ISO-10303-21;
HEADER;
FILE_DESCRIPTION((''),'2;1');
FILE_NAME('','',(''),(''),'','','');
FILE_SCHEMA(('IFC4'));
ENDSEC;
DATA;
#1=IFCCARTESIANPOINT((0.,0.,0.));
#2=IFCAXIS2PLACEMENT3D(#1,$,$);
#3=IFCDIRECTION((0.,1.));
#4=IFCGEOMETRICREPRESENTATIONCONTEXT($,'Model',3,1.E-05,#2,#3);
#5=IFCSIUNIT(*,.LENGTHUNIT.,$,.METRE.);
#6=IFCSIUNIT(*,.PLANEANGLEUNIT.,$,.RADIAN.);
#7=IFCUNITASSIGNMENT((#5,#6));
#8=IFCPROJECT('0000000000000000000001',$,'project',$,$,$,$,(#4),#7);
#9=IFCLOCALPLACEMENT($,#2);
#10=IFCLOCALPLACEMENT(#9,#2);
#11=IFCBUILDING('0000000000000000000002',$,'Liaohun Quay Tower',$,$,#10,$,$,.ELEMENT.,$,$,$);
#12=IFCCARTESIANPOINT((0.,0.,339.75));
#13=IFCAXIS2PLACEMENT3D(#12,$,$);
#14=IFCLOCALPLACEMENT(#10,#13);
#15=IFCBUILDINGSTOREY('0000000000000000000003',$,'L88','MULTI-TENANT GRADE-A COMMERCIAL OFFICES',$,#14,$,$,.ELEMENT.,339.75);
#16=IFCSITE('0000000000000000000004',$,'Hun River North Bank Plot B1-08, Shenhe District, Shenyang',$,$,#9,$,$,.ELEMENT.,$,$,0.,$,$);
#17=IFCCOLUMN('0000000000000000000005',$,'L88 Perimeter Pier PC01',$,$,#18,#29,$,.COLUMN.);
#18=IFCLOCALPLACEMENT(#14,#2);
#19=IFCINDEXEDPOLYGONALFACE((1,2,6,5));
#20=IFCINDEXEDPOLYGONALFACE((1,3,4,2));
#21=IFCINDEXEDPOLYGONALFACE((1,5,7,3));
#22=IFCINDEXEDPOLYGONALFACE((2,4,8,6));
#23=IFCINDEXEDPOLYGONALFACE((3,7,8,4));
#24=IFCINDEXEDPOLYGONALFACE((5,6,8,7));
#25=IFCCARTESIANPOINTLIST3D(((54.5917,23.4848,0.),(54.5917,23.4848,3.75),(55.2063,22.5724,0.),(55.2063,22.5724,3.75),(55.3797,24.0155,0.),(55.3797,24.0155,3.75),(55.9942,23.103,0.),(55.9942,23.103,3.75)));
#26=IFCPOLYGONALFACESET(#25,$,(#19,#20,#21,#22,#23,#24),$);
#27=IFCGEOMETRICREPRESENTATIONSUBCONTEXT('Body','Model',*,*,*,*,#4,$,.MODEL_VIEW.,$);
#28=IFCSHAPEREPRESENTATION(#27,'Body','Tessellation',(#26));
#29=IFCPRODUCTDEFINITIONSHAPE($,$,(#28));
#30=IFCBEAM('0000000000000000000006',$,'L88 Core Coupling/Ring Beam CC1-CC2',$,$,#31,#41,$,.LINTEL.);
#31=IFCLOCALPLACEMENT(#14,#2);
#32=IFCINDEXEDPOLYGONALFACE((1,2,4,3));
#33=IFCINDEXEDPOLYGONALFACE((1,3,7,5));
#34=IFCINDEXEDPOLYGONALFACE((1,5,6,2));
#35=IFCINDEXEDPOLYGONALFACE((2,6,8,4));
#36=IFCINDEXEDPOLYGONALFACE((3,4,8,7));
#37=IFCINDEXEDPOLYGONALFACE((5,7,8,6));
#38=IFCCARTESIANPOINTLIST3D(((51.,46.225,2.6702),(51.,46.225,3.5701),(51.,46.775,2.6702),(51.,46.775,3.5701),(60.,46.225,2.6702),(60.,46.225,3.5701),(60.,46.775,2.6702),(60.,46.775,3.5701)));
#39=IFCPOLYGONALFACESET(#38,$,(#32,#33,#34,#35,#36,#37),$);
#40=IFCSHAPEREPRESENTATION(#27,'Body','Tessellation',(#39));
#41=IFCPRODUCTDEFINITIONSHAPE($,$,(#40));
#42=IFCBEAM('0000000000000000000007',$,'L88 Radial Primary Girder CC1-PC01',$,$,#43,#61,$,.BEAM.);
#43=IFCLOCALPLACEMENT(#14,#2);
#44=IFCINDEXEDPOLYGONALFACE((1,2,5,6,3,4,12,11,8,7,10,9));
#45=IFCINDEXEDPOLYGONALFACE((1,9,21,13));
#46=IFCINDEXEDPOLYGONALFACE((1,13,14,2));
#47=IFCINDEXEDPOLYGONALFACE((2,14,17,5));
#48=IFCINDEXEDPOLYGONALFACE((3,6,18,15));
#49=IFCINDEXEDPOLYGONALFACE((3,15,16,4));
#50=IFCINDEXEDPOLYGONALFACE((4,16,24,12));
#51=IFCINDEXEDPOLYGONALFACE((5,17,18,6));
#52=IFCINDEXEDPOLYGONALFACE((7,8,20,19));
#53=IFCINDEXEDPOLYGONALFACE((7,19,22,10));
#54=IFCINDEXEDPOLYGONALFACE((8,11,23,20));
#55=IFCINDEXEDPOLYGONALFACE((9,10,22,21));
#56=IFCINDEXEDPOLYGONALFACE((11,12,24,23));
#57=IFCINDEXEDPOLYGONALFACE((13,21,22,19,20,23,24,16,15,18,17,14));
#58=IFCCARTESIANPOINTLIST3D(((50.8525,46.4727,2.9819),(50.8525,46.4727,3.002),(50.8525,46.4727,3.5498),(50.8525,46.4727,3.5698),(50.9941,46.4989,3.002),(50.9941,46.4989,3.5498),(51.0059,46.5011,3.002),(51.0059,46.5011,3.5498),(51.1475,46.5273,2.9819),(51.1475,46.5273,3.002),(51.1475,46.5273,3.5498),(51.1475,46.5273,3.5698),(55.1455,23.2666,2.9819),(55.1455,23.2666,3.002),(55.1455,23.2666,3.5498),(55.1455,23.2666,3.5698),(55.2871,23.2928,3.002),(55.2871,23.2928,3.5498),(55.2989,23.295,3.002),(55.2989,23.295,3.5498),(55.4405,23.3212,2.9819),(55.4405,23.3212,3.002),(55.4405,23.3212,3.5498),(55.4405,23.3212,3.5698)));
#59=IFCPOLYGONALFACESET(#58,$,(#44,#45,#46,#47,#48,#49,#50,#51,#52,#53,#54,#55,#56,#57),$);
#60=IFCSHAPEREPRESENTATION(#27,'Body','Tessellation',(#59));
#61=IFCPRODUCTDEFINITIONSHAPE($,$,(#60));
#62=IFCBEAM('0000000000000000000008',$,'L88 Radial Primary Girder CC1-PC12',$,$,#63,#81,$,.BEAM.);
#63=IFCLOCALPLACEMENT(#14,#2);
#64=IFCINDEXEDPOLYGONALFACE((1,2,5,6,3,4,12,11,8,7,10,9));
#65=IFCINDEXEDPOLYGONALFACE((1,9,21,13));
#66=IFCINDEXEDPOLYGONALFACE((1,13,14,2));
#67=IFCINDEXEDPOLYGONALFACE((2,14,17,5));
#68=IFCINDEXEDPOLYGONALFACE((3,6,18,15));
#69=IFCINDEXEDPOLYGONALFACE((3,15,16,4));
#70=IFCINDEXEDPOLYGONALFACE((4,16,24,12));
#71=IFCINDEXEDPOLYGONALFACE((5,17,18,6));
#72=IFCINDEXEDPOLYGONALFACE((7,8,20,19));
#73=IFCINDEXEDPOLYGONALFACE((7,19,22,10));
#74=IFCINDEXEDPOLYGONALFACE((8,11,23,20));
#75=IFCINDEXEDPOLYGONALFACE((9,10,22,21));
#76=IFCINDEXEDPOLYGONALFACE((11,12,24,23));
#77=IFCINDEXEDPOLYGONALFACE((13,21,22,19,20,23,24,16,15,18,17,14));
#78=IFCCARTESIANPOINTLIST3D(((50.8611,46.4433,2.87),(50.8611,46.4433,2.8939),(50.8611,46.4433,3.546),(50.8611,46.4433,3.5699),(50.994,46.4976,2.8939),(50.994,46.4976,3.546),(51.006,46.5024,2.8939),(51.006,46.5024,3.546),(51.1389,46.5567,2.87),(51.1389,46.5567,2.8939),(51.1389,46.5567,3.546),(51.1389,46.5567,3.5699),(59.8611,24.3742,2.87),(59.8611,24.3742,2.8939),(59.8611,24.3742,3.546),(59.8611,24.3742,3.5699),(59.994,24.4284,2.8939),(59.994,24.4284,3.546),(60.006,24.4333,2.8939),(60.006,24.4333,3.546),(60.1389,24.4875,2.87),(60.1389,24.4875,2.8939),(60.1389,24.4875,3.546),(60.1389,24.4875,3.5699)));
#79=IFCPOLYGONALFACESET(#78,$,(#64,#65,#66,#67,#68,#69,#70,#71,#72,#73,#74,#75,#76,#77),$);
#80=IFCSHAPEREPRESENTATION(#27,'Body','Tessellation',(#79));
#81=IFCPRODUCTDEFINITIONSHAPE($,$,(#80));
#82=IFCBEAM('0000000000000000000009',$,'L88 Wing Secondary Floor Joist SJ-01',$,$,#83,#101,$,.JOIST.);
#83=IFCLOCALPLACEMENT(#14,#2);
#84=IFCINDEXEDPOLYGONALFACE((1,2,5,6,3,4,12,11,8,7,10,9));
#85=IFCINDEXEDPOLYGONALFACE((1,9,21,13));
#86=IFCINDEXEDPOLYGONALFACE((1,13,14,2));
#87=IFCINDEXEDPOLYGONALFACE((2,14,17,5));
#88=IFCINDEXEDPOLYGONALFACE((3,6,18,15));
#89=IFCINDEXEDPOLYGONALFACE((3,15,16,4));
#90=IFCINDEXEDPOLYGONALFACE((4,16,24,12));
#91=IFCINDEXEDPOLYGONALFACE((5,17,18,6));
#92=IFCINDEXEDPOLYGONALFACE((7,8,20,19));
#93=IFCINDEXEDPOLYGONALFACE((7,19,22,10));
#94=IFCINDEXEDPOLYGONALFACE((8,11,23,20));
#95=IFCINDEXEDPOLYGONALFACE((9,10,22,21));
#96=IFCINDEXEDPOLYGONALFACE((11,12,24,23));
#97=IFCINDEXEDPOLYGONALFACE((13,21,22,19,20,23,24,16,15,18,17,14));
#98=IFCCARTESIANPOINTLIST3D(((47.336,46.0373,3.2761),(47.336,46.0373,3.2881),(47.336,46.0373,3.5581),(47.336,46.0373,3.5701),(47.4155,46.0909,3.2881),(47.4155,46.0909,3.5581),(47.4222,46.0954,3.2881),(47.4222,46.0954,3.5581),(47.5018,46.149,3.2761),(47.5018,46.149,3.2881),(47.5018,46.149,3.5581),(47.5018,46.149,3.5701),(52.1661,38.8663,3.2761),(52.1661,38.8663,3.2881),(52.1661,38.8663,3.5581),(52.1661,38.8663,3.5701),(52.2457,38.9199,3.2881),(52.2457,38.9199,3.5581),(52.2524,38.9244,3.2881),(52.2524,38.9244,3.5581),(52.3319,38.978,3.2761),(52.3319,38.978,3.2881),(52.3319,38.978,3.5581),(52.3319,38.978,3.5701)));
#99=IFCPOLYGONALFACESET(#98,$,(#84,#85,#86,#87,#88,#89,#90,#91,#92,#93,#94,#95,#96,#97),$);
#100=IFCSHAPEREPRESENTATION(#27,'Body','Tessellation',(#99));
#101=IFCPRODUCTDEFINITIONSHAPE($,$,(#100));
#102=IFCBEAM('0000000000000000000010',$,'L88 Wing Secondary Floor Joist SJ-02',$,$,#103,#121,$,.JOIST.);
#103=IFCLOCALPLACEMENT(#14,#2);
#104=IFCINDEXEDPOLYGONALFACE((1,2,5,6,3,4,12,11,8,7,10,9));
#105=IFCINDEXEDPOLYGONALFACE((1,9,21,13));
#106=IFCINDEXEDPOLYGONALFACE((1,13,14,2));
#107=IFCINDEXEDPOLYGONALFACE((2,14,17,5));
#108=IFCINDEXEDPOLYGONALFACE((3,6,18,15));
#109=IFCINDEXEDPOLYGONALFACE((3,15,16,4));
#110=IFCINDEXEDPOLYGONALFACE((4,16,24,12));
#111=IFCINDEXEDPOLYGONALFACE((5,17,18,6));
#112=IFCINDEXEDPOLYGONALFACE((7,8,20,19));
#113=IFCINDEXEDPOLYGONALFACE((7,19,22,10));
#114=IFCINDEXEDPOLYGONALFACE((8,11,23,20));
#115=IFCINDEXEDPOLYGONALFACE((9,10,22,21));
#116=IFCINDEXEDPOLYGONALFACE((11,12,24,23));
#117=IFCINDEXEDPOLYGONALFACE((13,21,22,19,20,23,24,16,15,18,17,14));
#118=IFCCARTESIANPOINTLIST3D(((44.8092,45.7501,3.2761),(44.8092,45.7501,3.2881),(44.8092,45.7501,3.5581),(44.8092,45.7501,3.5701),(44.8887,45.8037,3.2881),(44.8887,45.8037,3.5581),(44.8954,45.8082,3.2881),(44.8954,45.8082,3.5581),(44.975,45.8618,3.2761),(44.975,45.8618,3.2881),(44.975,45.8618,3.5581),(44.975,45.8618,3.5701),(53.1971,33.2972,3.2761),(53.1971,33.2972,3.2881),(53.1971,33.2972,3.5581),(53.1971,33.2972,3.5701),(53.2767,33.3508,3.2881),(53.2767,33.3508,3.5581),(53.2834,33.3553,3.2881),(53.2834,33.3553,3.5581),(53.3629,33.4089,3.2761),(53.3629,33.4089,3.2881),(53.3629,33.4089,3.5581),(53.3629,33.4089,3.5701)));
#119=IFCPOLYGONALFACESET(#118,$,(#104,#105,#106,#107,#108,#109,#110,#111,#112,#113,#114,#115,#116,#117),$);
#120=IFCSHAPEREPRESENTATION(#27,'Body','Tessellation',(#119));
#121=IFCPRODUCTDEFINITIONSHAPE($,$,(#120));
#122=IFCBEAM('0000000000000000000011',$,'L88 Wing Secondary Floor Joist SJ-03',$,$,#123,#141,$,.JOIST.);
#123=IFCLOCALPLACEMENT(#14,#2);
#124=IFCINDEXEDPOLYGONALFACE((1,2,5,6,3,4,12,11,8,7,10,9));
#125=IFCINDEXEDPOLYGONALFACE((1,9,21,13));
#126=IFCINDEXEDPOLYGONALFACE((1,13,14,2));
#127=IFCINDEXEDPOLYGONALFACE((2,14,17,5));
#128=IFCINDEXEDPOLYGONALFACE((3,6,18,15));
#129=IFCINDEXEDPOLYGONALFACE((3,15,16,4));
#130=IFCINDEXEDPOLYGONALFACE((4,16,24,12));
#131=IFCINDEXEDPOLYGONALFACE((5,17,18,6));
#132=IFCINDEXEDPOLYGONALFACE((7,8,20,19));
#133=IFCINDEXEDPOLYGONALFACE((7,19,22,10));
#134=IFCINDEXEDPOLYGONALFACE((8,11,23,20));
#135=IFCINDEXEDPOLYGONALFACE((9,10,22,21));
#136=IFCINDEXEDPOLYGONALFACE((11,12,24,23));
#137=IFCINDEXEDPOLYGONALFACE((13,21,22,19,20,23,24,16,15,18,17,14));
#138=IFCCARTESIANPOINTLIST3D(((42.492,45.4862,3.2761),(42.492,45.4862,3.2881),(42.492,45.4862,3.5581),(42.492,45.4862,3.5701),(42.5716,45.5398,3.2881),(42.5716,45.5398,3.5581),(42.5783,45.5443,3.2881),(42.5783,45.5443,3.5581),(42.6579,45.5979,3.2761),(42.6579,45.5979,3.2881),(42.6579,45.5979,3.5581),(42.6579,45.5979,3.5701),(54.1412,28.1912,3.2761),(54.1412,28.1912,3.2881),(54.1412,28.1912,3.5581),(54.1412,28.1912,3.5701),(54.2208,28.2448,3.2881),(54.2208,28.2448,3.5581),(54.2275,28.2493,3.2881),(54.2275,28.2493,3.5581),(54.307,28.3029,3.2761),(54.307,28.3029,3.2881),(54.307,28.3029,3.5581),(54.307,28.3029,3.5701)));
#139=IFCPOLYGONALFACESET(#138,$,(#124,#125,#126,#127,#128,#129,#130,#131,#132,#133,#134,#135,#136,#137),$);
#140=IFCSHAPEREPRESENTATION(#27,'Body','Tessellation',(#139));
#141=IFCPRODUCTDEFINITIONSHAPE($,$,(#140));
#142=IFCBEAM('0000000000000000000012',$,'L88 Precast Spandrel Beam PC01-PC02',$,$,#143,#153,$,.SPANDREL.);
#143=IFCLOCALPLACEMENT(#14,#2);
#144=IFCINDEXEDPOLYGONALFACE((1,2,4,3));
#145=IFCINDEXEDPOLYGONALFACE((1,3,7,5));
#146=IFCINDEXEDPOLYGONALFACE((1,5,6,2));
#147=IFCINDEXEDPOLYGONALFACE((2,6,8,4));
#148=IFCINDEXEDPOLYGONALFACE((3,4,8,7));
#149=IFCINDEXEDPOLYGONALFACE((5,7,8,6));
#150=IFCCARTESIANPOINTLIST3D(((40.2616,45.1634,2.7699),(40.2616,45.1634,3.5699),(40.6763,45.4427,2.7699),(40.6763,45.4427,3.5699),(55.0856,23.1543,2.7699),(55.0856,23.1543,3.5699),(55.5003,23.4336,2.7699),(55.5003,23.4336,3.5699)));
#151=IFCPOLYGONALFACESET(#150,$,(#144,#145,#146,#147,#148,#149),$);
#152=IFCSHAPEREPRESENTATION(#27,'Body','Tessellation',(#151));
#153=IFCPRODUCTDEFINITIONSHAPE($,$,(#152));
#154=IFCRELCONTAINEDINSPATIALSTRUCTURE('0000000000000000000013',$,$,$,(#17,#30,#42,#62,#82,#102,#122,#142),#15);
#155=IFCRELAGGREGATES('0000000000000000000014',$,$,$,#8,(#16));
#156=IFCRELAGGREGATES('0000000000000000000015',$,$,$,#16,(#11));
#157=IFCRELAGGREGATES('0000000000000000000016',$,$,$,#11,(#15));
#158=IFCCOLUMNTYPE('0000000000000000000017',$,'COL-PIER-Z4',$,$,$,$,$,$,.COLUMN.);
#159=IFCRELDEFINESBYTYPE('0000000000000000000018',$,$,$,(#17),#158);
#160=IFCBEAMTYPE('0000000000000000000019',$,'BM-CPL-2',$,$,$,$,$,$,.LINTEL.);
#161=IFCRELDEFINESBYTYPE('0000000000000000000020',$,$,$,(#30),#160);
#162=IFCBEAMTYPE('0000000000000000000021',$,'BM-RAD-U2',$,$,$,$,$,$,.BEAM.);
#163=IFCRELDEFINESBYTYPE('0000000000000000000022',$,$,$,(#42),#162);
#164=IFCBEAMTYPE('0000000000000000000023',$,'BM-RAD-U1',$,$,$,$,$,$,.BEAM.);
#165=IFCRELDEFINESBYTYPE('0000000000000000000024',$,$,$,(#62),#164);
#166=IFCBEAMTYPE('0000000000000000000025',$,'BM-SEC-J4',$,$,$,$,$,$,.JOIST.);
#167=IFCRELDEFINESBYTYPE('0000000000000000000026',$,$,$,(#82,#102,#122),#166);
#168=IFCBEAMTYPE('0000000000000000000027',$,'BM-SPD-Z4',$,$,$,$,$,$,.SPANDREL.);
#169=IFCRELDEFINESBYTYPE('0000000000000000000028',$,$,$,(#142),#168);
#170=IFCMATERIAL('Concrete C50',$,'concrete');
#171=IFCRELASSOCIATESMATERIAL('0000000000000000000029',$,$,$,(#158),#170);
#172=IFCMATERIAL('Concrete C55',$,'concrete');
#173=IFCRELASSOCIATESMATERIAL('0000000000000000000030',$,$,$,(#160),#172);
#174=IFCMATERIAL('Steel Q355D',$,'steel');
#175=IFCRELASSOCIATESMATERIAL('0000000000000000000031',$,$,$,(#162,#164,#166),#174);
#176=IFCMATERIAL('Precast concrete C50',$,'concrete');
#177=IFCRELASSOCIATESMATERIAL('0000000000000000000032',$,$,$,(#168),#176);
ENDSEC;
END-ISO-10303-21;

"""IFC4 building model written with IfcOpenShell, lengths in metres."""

from ifc_helpers import new_model, si_unit, direction, frame, origin, origin_2d, place, context, subcontext, project, spatial, rectangle, i_section, extrude, source, transform, mapped, material, material_profile, profile_set, type_object, element, save


model = new_model("IFC4")

# Units and contexts
model_context = context("Model", 3, precision=1e-05, world=origin(), true_north=direction((0.0, 1.0)))
body_context = subcontext(model_context, "Body", "Model", "MODEL_VIEW")
ifc_project = project(units=[si_unit("LENGTHUNIT", "METRE"), si_unit("PLANEANGLEUNIT", "RADIAN")], contexts=[model_context])

# Site, building, storey
site_placement = place(None, origin())
site = spatial("IfcSite", under=ifc_project, at=site_placement, Name="Hun River North Bank Plot B1-08, Shenhe District, Shenyang", CompositionType="ELEMENT", RefElevation=0.0)
building_placement = place(site_placement, origin())
building = spatial("IfcBuilding", under=site, at=building_placement, Name="Liaohun Quay Tower", CompositionType="ELEMENT")
storey_placement = place(building_placement, frame((0.0, 0.0, 339.75)))
storey = spatial("IfcBuildingStorey", under=building, at=storey_placement, Name="L88", Description="MULTI-TENANT GRADE-A COMMERCIAL OFFICES", CompositionType="ELEMENT", Elevation=339.75)

# Column
ifc_material_1 = material(Name="Concrete C50", Category="concrete")
ifc_material_profile_1 = material_profile(ifc_material_1, rectangle(XDim=1.1001, YDim=0.95, at=origin_2d()), Name="RC1100x950")
ifc_profile_set_1 = profile_set([ifc_material_profile_1], Name="Concrete C50")
column_type = type_object("IfcColumnType", Name="COL-PIER-Z4", PredefinedType="COLUMN", material=ifc_profile_set_1)
shared_shape_1 = source(origin(), body_context, "Body", "SweptSolid", [
    extrude(rectangle(XDim=1.1001, YDim=0.95, at=origin_2d()), origin(), (0.0, 0.0, 1.0), 3.75),
])
column_placement = place(storey_placement, frame((55.293, 23.2939, 0.0), z_axis=(0.0, 0.0, 1.0), x_axis=(-0.558614, 0.829428, 0.0)))
element("IfcColumn", 1, at=column_placement, inside=storey, type_object=column_type, Name="L88 Perimeter Pier PC01", PredefinedType="COLUMN", context=body_context, shape_type="MappedRepresentation", body=[
    mapped(shared_shape_1, transform((0.0, 0.0, 0.0), x_axis=(1.0, 0.0, 0.0), y_axis=(0.0, 1.0, 0.0), z_axis=(0.0, 0.0, 1.0), scale=1.0)),
])

# Beams
ifc_material_2 = material(Name="Concrete C55", Category="concrete")
ifc_material_profile_2 = material_profile(ifc_material_2, rectangle(XDim=0.55, YDim=0.8999, at=origin_2d()), Name="RC550x900")
ifc_profile_set_2 = profile_set([ifc_material_profile_2], Name="Concrete C55")
beam_type_1 = type_object("IfcBeamType", Name="BM-CPL-2", PredefinedType="LINTEL", material=ifc_profile_set_2)
shared_shape_2 = source(origin(), body_context, "Body", "SweptSolid", [
    extrude(rectangle(XDim=0.55, YDim=0.8999, at=origin_2d()), origin(), (0.0, 0.0, 1.0), 9.0),
])
beam_1_placement = place(storey_placement, frame((51.0, 46.5, 3.1201), z_axis=(1.0, 0.0, 0.0), x_axis=(0.0, 1.0, 0.0)))
element("IfcBeam", 2, at=beam_1_placement, inside=storey, type_object=beam_type_1, Name="L88 Core Coupling/Ring Beam CC1-CC2", PredefinedType="LINTEL", context=body_context, shape_type="MappedRepresentation", body=[
    mapped(shared_shape_2, transform((0.0, 0.0, 0.0), x_axis=(1.0, 0.0, 0.0), y_axis=(0.0, 1.0, 0.0), z_axis=(0.0, 0.0, 1.0), scale=1.0)),
])
ifc_material_3 = material(Name="Steel Q355D", Category="steel")
ifc_material_profile_3 = material_profile(ifc_material_3, i_section(OverallWidth=0.3, OverallDepth=0.5879, WebThickness=0.012, FlangeThickness=0.02, at=origin_2d()), Name="HM588x300x12x20")
ifc_profile_set_3 = profile_set([ifc_material_profile_3], Name="Steel Q355D")
beam_type_2 = type_object("IfcBeamType", Name="BM-RAD-U2", PredefinedType="BEAM", material=ifc_profile_set_3)
shared_shape_3 = source(origin(), body_context, "Body", "SweptSolid", [
    extrude(i_section(OverallWidth=0.3, OverallDepth=0.5879, WebThickness=0.012, FlangeThickness=0.02, at=origin_2d()), origin(), (0.0, 0.0, 1.0), 23.5999),
])
beam_2_placement = place(storey_placement, frame((51.0, 46.5, 3.2759), z_axis=(0.181907, -0.983316, 0.0), x_axis=(0.983316, 0.181907, 0.0)))
element("IfcBeam", 3, at=beam_2_placement, inside=storey, type_object=beam_type_2, Name="L88 Radial Primary Girder CC1-PC01", PredefinedType="BEAM", context=body_context, shape_type="MappedRepresentation", body=[
    mapped(shared_shape_3, transform((0.0, 0.0, 0.0), x_axis=(1.0, 0.0, 0.0), y_axis=(0.0, 1.0, 0.0), z_axis=(0.0, 0.0, 1.0), scale=1.0)),
])
ifc_material_profile_4 = material_profile(ifc_material_3, i_section(OverallWidth=0.3, OverallDepth=0.7, WebThickness=0.0129, FlangeThickness=0.0239, at=origin_2d()), Name="HN700x300x13x24")
ifc_profile_set_4 = profile_set([ifc_material_profile_4], Name="Steel Q355D")
beam_type_3 = type_object("IfcBeamType", Name="BM-RAD-U1", PredefinedType="BEAM", material=ifc_profile_set_4)
shared_shape_4 = source(origin(), body_context, "Body", "SweptSolid", [
    extrude(i_section(OverallWidth=0.3, OverallDepth=0.7, WebThickness=0.0129, FlangeThickness=0.0239, at=origin_2d()), origin(), (0.0, 0.0, 1.0), 23.8337),
])
beam_3_placement = place(storey_placement, frame((51.0, 46.5, 3.22), z_axis=(0.377617, -0.925962, 0.0), x_axis=(0.925962, 0.377617, 0.0)))
element("IfcBeam", 4, at=beam_3_placement, inside=storey, type_object=beam_type_3, Name="L88 Radial Primary Girder CC1-PC12", PredefinedType="BEAM", context=body_context, shape_type="MappedRepresentation", body=[
    mapped(shared_shape_4, transform((0.0, 0.0, 0.0), x_axis=(1.0, 0.0, 0.0), y_axis=(0.0, 1.0, 0.0), z_axis=(0.0, 0.0, 1.0), scale=1.0)),
])
ifc_material_profile_5 = material_profile(ifc_material_3, i_section(OverallWidth=0.2, OverallDepth=0.2939, WebThickness=0.0081, FlangeThickness=0.012, at=origin_2d()), Name="HM294x200x8x12")
ifc_profile_set_5 = profile_set([ifc_material_profile_5], Name="Steel Q355D")
beam_type_4 = type_object("IfcBeamType", Name="BM-SEC-J4", PredefinedType="JOIST", material=ifc_profile_set_5)
shared_shape_5 = source(origin(), body_context, "Body", "SweptSolid", [
    extrude(i_section(OverallWidth=0.2, OverallDepth=0.2939, WebThickness=0.0081, FlangeThickness=0.012, at=origin_2d()), origin(), (0.0, 0.0, 1.0), 8.646),
])
beam_4_placement = place(storey_placement, frame((52.249, 38.9221, 3.4231), z_axis=(-0.558656, 0.8294, 0.0), x_axis=(-0.8294, -0.558656, 0.0)))
element("IfcBeam", 5, at=beam_4_placement, inside=storey, type_object=beam_type_4, Name="L88 Wing Secondary Floor Joist SJ-01", PredefinedType="JOIST", context=body_context, shape_type="MappedRepresentation", body=[
    mapped(shared_shape_5, transform((0.0, 0.0, 0.0), x_axis=(1.0, 0.0, 0.0), y_axis=(0.0, 1.0, 0.0), z_axis=(0.0, 0.0, 1.0), scale=1.0)),
])
shared_shape_6 = source(origin(), body_context, "Body", "SweptSolid", [
    extrude(i_section(OverallWidth=0.2, OverallDepth=0.2939, WebThickness=0.0081, FlangeThickness=0.012, at=origin_2d()), origin(), (0.0, 0.0, 1.0), 15.0144),
])
beam_5_placement = place(storey_placement, frame((53.28, 33.353, 3.4231), z_axis=(-0.55866, 0.829397, 0.0), x_axis=(-0.829397, -0.55866, 0.0)))
element("IfcBeam", 6, at=beam_5_placement, inside=storey, type_object=beam_type_4, Name="L88 Wing Secondary Floor Joist SJ-02", PredefinedType="JOIST", context=body_context, shape_type="MappedRepresentation", body=[
    mapped(shared_shape_6, transform((0.0, 0.0, 0.0), x_axis=(1.0, 0.0, 0.0), y_axis=(0.0, 1.0, 0.0), z_axis=(0.0, 0.0, 1.0), scale=1.0)),
])
shared_shape_7 = source(origin(), body_context, "Body", "SweptSolid", [
    extrude(i_section(OverallWidth=0.2, OverallDepth=0.2939, WebThickness=0.0081, FlangeThickness=0.012, at=origin_2d()), origin(), (0.0, 0.0, 1.0), 20.8523),
])
beam_6_placement = place(storey_placement, frame((54.2241, 28.2471, 3.4231), z_axis=(-0.558652, 0.829402, 0.0), x_axis=(-0.829402, -0.558652, 0.0)))
element("IfcBeam", 7, at=beam_6_placement, inside=storey, type_object=beam_type_4, Name="L88 Wing Secondary Floor Joist SJ-03", PredefinedType="JOIST", context=body_context, shape_type="MappedRepresentation", body=[
    mapped(shared_shape_7, transform((0.0, 0.0, 0.0), x_axis=(1.0, 0.0, 0.0), y_axis=(0.0, 1.0, 0.0), z_axis=(0.0, 0.0, 1.0), scale=1.0)),
])
ifc_material_4 = material(Name="Precast concrete C50", Category="concrete")
ifc_material_profile_6 = material_profile(ifc_material_4, rectangle(XDim=0.5, YDim=0.8, at=origin_2d()), Name="RC500x800")
ifc_profile_set_6 = profile_set([ifc_material_profile_6], Name="Precast concrete C50")
beam_type_5 = type_object("IfcBeamType", Name="BM-SPD-Z4", PredefinedType="SPANDREL", material=ifc_profile_set_6)
shared_shape_8 = source(origin(), body_context, "Body", "SweptSolid", [
    extrude(rectangle(XDim=0.5, YDim=0.8, at=origin_2d()), origin(), (0.0, 0.0, 1.0), 26.5359),
])
beam_7_placement = place(storey_placement, frame((55.293, 23.2939, 3.1699), z_axis=(-0.558641, 0.82941, 0.0), x_axis=(-0.82941, -0.558641, 0.0)))
element("IfcBeam", 8, at=beam_7_placement, inside=storey, type_object=beam_type_5, Name="L88 Precast Spandrel Beam PC01-PC02", PredefinedType="SPANDREL", context=body_context, shape_type="MappedRepresentation", body=[
    mapped(shared_shape_8, transform((0.0, 0.0, 0.0), x_axis=(1.0, 0.0, 0.0), y_axis=(0.0, 1.0, 0.0), z_axis=(0.0, 0.0, 1.0), scale=1.0)),
])

save(model, "model.ifc")
